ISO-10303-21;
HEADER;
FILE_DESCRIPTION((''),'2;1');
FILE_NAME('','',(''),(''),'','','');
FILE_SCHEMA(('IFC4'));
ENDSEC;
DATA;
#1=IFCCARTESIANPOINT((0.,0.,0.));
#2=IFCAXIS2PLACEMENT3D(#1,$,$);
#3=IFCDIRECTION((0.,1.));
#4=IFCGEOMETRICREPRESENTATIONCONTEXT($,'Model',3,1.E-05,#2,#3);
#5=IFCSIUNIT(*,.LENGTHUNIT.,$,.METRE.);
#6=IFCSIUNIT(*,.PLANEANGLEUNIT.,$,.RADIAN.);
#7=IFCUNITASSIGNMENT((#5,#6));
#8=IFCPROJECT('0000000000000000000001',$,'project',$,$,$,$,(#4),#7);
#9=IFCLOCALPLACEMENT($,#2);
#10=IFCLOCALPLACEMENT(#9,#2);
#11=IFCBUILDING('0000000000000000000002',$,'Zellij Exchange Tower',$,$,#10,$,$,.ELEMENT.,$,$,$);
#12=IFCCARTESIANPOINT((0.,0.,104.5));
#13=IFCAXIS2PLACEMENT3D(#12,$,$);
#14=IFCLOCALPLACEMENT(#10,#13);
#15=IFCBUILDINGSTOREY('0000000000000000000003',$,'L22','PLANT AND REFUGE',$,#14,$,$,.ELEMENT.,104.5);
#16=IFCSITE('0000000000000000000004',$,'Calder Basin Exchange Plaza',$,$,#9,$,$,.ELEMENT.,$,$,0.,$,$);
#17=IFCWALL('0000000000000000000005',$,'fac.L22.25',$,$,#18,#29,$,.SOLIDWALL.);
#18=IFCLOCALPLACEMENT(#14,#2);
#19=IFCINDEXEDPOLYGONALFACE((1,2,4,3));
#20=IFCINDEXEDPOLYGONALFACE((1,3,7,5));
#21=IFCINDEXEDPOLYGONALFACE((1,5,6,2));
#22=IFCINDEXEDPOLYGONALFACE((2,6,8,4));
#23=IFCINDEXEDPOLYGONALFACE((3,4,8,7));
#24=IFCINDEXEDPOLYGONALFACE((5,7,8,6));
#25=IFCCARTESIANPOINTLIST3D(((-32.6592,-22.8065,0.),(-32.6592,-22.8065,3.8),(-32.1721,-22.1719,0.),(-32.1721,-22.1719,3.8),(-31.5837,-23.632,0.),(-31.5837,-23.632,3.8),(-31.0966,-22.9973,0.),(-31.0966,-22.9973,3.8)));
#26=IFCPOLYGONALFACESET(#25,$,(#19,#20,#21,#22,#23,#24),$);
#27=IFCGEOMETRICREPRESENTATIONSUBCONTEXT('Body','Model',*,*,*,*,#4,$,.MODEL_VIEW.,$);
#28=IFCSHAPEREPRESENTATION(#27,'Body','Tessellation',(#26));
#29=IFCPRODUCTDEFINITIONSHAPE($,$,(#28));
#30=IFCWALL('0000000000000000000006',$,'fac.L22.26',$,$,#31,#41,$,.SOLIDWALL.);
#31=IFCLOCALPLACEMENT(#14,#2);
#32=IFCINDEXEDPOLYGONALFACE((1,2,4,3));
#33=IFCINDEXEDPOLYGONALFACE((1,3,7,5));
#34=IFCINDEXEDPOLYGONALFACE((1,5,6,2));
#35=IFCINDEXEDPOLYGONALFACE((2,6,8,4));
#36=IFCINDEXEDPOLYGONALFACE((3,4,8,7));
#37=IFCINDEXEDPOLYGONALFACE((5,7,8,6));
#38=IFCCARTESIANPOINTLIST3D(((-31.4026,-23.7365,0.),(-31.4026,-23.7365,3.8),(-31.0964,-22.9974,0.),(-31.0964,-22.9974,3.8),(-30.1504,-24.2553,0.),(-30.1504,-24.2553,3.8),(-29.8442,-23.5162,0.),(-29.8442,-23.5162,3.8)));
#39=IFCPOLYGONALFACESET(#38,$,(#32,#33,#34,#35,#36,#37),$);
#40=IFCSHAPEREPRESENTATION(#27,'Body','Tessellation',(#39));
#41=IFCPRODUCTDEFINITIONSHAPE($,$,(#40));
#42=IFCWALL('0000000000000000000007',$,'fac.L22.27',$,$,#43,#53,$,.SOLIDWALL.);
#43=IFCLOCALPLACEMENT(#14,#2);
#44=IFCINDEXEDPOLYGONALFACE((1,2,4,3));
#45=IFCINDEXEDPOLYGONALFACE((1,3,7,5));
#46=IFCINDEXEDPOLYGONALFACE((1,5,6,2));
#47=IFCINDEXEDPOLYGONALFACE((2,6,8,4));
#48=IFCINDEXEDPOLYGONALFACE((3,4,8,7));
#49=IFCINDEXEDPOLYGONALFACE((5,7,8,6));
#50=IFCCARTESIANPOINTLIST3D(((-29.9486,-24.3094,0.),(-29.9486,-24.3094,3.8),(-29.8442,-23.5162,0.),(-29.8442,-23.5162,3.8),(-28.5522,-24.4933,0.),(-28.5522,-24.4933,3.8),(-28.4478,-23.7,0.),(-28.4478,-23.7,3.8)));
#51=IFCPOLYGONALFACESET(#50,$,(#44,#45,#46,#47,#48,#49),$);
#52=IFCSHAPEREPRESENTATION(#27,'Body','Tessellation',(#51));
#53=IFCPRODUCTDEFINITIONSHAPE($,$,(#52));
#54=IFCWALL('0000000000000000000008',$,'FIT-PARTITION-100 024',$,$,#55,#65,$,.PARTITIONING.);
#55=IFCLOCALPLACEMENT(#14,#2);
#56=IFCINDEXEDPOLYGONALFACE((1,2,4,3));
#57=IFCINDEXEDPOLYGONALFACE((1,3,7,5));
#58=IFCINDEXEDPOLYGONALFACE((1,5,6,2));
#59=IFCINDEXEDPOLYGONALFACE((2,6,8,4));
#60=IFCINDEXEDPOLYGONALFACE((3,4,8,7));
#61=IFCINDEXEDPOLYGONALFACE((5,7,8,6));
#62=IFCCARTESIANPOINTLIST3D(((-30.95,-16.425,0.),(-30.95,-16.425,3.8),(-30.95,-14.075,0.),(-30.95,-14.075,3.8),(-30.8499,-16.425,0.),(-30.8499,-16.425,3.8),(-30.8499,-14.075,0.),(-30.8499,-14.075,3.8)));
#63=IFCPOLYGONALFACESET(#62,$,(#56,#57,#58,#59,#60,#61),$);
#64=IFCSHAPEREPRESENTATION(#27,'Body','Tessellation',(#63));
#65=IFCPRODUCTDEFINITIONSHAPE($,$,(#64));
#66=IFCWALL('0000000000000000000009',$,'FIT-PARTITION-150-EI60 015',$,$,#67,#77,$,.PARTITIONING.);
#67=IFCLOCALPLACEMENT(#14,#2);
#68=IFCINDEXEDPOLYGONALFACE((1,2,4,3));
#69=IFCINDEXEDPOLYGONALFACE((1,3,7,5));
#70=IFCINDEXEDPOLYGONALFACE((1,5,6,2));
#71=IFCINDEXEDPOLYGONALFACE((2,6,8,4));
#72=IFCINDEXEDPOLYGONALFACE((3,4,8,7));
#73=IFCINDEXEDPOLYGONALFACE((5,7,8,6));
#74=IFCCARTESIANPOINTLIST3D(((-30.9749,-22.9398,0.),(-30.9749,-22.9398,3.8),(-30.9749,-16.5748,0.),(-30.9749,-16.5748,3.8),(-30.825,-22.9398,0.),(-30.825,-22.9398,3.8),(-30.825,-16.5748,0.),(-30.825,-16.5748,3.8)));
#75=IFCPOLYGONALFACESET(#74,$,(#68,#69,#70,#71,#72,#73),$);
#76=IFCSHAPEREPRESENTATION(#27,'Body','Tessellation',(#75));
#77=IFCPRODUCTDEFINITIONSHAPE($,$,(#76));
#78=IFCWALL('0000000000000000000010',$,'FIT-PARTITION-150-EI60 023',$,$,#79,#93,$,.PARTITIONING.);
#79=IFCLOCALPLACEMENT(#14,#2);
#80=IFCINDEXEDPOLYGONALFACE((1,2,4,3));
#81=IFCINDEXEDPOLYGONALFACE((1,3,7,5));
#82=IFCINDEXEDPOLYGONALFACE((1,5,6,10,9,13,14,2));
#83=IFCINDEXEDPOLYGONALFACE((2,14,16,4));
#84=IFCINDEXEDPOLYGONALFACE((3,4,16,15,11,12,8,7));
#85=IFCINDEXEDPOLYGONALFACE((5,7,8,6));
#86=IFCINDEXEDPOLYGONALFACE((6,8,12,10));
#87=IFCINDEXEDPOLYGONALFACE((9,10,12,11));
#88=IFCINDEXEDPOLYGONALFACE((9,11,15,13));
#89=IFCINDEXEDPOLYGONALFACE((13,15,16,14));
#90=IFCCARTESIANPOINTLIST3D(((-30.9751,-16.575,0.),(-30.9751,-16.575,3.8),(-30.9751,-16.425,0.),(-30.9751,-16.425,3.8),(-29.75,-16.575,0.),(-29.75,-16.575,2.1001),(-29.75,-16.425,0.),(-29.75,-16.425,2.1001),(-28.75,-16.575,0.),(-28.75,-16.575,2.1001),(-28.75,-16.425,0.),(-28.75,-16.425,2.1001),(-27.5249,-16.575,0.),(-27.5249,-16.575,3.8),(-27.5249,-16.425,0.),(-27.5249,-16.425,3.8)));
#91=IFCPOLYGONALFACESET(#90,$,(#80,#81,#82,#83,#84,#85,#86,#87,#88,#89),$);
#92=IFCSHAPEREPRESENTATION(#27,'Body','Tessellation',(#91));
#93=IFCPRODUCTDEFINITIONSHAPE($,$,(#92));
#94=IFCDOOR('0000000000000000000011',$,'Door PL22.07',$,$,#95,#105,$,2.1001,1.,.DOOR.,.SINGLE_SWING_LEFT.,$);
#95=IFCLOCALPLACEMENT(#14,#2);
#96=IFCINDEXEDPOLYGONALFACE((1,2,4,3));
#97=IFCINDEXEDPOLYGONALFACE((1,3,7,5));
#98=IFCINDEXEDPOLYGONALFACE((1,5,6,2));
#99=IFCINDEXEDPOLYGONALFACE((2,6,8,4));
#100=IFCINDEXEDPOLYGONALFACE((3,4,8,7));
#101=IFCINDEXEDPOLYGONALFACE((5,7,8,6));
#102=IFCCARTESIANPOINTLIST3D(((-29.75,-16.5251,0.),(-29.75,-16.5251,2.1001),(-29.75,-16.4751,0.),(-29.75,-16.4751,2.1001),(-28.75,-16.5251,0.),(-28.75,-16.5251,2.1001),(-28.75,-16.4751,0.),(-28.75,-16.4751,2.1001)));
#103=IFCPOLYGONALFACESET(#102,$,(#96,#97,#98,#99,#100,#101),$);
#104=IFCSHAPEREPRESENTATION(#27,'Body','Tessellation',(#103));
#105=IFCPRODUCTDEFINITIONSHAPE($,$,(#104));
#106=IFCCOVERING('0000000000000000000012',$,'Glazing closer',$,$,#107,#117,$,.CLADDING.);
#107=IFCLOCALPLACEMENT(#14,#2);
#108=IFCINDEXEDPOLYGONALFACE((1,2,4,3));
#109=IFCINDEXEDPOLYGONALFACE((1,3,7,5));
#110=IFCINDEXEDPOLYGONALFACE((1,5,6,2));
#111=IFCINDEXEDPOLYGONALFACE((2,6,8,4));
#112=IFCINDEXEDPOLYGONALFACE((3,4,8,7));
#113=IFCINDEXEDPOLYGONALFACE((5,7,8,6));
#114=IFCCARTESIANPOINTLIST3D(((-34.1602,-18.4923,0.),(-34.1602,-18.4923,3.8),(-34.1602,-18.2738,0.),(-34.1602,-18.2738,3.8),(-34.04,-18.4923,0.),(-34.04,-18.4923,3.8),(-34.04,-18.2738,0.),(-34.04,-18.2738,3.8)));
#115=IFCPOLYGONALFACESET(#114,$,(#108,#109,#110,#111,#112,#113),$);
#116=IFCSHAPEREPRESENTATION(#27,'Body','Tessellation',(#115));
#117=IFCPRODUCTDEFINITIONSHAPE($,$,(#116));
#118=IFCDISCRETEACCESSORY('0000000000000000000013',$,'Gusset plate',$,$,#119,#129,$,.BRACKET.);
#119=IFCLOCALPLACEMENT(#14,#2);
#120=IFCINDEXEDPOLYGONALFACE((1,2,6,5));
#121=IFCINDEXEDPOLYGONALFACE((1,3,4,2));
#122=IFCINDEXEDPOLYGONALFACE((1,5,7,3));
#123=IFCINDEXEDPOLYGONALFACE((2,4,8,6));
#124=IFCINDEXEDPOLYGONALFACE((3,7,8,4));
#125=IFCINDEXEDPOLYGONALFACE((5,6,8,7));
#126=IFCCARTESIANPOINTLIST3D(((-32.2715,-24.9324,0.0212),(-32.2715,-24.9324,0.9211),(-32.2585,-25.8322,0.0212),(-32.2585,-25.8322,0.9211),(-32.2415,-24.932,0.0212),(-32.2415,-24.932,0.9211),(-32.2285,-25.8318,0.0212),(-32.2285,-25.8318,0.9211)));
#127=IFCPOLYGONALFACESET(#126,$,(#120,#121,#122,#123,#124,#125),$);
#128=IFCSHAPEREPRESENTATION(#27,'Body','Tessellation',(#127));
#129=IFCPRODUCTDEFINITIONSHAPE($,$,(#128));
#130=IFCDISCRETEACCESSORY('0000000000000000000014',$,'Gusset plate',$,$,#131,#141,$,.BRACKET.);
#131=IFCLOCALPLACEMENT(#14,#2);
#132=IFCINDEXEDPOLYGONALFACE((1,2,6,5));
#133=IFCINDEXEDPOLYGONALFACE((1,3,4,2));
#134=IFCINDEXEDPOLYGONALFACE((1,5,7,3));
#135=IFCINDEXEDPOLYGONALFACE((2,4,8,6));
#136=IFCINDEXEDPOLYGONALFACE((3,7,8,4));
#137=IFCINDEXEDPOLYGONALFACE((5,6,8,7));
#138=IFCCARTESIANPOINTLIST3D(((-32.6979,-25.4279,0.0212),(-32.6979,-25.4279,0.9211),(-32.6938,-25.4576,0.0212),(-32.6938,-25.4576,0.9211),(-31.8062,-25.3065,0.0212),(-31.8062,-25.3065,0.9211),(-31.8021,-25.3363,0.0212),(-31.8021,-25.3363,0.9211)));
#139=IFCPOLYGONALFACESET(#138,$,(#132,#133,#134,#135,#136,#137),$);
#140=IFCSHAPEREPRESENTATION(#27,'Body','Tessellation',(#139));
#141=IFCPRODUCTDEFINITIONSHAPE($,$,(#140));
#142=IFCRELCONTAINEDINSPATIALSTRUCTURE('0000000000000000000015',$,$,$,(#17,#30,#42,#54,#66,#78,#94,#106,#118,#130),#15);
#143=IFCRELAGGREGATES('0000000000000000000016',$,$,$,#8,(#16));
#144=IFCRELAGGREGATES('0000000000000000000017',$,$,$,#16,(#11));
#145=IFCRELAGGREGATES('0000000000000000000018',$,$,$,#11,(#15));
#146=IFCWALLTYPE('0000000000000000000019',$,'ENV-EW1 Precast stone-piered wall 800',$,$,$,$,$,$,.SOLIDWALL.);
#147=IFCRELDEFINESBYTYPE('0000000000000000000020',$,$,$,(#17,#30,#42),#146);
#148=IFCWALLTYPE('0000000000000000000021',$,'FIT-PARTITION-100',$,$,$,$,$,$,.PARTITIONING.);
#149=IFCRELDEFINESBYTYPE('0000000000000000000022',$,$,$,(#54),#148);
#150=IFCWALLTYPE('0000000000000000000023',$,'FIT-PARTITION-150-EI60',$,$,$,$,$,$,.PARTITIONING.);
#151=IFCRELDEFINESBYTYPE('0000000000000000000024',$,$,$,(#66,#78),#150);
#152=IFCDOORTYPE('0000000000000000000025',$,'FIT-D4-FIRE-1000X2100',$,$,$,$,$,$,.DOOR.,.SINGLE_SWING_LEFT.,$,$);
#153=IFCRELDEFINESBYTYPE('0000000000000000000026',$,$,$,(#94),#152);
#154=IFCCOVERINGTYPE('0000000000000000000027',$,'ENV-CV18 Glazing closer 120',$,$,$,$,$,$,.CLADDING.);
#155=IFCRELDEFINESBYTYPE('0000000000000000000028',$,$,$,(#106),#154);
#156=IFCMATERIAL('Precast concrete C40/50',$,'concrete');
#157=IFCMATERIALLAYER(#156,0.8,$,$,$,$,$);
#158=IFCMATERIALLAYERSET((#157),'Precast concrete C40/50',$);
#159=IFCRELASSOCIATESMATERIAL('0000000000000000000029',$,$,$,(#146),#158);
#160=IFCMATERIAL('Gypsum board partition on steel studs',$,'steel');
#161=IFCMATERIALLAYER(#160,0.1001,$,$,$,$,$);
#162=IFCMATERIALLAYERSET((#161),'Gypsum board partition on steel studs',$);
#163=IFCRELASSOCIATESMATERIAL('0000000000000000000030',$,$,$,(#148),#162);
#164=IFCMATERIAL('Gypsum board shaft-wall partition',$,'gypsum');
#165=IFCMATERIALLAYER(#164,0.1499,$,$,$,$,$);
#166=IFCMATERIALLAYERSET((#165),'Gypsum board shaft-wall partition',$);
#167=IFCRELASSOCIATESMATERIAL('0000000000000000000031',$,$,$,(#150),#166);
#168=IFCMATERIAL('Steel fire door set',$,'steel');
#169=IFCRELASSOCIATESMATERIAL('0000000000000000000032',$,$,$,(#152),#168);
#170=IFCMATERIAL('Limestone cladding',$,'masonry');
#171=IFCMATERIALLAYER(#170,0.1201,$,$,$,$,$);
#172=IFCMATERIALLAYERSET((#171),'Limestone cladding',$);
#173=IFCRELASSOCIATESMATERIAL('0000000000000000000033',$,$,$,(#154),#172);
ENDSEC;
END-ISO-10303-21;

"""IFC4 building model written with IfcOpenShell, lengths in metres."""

from ifc_helpers import new_model, si_unit, direction, frame, frame_2d, origin, origin_2d, place, context, subcontext, project, spatial, rectangle, extrude, material, layer, layer_set, type_object, element, fill, save


model = new_model("IFC4")

# Units and contexts
model_context = context("Model", 3, precision=1e-05, world=origin(), true_north=direction((0.0, 1.0)))
body_context = subcontext(model_context, "Body", "Model", "MODEL_VIEW")
ifc_project = project(units=[si_unit("LENGTHUNIT", "METRE"), si_unit("PLANEANGLEUNIT", "RADIAN")], contexts=[model_context])

# Site, building, storey
site_placement = place(None, origin())
site = spatial("IfcSite", under=ifc_project, at=site_placement, Name="Calder Basin Exchange Plaza", CompositionType="ELEMENT", RefElevation=0.0)
building_placement = place(site_placement, origin())
building = spatial("IfcBuilding", under=site, at=building_placement, Name="Zellij Exchange Tower", CompositionType="ELEMENT")
storey_placement = place(building_placement, frame((0.0, 0.0, 104.5)))
storey = spatial("IfcBuildingStorey", under=building, at=storey_placement, Name="L22", Description="PLANT AND REFUGE", CompositionType="ELEMENT", Elevation=104.5)

# Walls
ifc_material_1 = material(Name="Precast concrete C40/50", Category="concrete")
ifc_layer_1 = layer(ifc_material_1, 0.8)
ifc_layer_set_1 = layer_set([ifc_layer_1], Name="Precast concrete C40/50")
wall_type_1 = type_object("IfcWallType", Name="ENV-EW1 Precast stone-piered wall 800", PredefinedType="SOLIDWALL", material=ifc_layer_set_1)
for number, where, z_axis, x_axis, name in (
    (1, (-32.4155, -22.4893, 0.0), (0.0, 0.0, 1.0), (0.793273, -0.608866, 0.0), "fac.L22.25"),
):
    element("IfcWall", number, at=place(storey_placement, frame(where, z_axis=z_axis, x_axis=x_axis)), inside=storey, type_object=wall_type_1, Name=name, PredefinedType="SOLIDWALL", context=body_context, shape_type="SweptSolid", body=[
        extrude(rectangle(XDim=1.3557, YDim=0.8, at=frame_2d((0.6777, 0.0))), origin(), (0.0, 0.0, 1.0), 3.8),
    ])
wall_1_placement = place(storey_placement, frame((-31.2495, -23.3669, 0.0), z_axis=(0.0, 0.0, 1.0), x_axis=(0.923848, -0.38276, 0.0)))
element("IfcWall", 2, at=wall_1_placement, inside=storey, type_object=wall_type_1, Name="fac.L22.26", PredefinedType="SOLIDWALL", context=body_context, shape_type="SweptSolid", body=[
    extrude(rectangle(XDim=1.3555, YDim=0.8, at=frame_2d((0.6777, 0.0))), origin(), (0.0, 0.0, 1.0), 3.8),
])
wall_2_placement = place(storey_placement, frame((-29.8962, -23.9128, 0.0), z_axis=(0.0, 0.0, 1.0), x_axis=(0.991446, -0.130517, 0.0)))
element("IfcWall", 3, at=wall_2_placement, inside=storey, type_object=wall_type_1, Name="fac.L22.27", PredefinedType="SOLIDWALL", context=body_context, shape_type="SweptSolid", body=[
    extrude(rectangle(XDim=1.4084, YDim=0.8, at=frame_2d((0.7041, 0.0))), origin(), (0.0, 0.0, 1.0), 3.8),
])
ifc_material_2 = material(Name="Gypsum board partition on steel studs", Category="steel")
ifc_layer_2 = layer(ifc_material_2, 0.1001)
ifc_layer_set_2 = layer_set([ifc_layer_2], Name="Gypsum board partition on steel studs")
wall_type_2 = type_object("IfcWallType", Name="FIT-PARTITION-100", PredefinedType="PARTITIONING", material=ifc_layer_set_2)
wall_3_placement = place(storey_placement, frame((-30.8999, -16.425, 0.0), z_axis=(0.0, 0.0, 1.0), x_axis=(0.0, 1.0, 0.0)))
element("IfcWall", 4, at=wall_3_placement, inside=storey, type_object=wall_type_2, Name="FIT-PARTITION-100 024", PredefinedType="PARTITIONING", context=body_context, shape_type="SweptSolid", body=[
    extrude(rectangle(XDim=2.3501, YDim=0.1001, at=frame_2d((1.175, 0.0))), origin(), (0.0, 0.0, 1.0), 3.8),
])
ifc_material_3 = material(Name="Gypsum board shaft-wall partition", Category="gypsum")
ifc_layer_3 = layer(ifc_material_3, 0.1499)
ifc_layer_set_3 = layer_set([ifc_layer_3], Name="Gypsum board shaft-wall partition")
wall_type_3 = type_object("IfcWallType", Name="FIT-PARTITION-150-EI60", PredefinedType="PARTITIONING", material=ifc_layer_set_3)
wall_4_placement = place(storey_placement, frame((-30.8999, -22.9399, 0.0), z_axis=(0.0, 0.0, 1.0), x_axis=(0.0, 1.0, 0.0)))
element("IfcWall", 5, at=wall_4_placement, inside=storey, type_object=wall_type_3, Name="FIT-PARTITION-150-EI60 015", PredefinedType="PARTITIONING", context=body_context, shape_type="SweptSolid", body=[
    extrude(rectangle(XDim=6.365, YDim=0.1499, at=frame_2d((3.1826, 0.0))), origin(), (0.0, 0.0, 1.0), 3.8),
])

# Wall, opening, door
wall_5_placement = place(storey_placement, frame((-30.9751, -16.5, 0.0), z_axis=(0.0, 0.0, 1.0), x_axis=(1.0, 0.0, 0.0)))
wall_5 = element("IfcWall", 6, at=wall_5_placement, inside=storey, type_object=wall_type_3, Name="FIT-PARTITION-150-EI60 023", PredefinedType="PARTITIONING", context=body_context, shape_type="SweptSolid", body=[
    extrude(rectangle(XDim=3.4502, YDim=0.1499, at=frame_2d((1.7251, 0.0))), origin(), (0.0, 0.0, 1.0), 3.8),
])
opening_placement = place(wall_5_placement, frame((1.2251, 0.0, 0.0)))
opening = element("IfcOpeningElement", 7, at=opening_placement, cuts=wall_5, PredefinedType="OPENING", context=body_context, shape_type="SweptSolid", body=[
    extrude(rectangle(XDim=1.0, YDim=2.1001, at=frame_2d((0.5, 1.05))), frame((0.0, 0.0869, 0.0), z_axis=(0.0, -1.0, 0.0), x_axis=(1.0, 0.0, 0.0)), (0.0, 0.0, 1.0), 0.1738),
])
ifc_material_4 = material(Name="Steel fire door set", Category="steel")
door_type = type_object("IfcDoorType", Name="FIT-D4-FIRE-1000X2100", OperationType="SINGLE_SWING_LEFT", PredefinedType="DOOR", material=ifc_material_4)
door_placement = place(opening_placement, origin())
door = element("IfcDoor", 8, at=door_placement, inside=storey, type_object=door_type, Name="Door PL22.07", OperationType="SINGLE_SWING_LEFT", OverallHeight=2.1001, OverallWidth=1.0, PredefinedType="DOOR", context=body_context, shape_type="SweptSolid", body=[
    extrude(rectangle(XDim=1.0, YDim=2.1001, at=frame_2d((0.5, 1.05))), frame((0.0, 0.0249, 0.0), z_axis=(0.0, -1.0, 0.0), x_axis=(1.0, 0.0, 0.0)), (0.0, 0.0, 1.0), 0.05),
])
fill(opening, door)

# Covering
ifc_material_5 = material(Name="Limestone cladding", Category="masonry")
ifc_layer_4 = layer(ifc_material_5, 0.1201)
ifc_layer_set_4 = layer_set([ifc_layer_4], Name="Limestone cladding")
covering_type = type_object("IfcCoveringType", Name="ENV-CV18 Glazing closer 120", PredefinedType="CLADDING", material=ifc_layer_set_4)
covering_placement = place(storey_placement, frame((-34.1001, -18.3831, 0.0), z_axis=(0.0, 0.0, 1.0), x_axis=(0.0, -1.0, 0.0)))
element("IfcCovering", 9, at=covering_placement, inside=storey, type_object=covering_type, Name="Glazing closer", PredefinedType="CLADDING", context=body_context, shape_type="SweptSolid", body=[
    extrude(rectangle(XDim=0.2185, YDim=0.1201, at=origin_2d()), origin(), (0.0, 0.0, 1.0), 3.8),
])

# Discrete accessories
for number, where, z_axis, x_axis, name in (
    (10, (-32.25, -25.3821, 0.0212), (0.0, 0.0, 1.0), (-0.014381, 0.999897, 0.0), "Gusset plate"),
    (11, (-32.25, -25.3821, 0.0212), (0.0, 0.0, 1.0), (0.990868, 0.134834, 0.0), "Gusset plate"),
):
    element("IfcDiscreteAccessory", number, at=place(storey_placement, frame(where, z_axis=z_axis, x_axis=x_axis)), inside=storey, Name=name, PredefinedType="BRACKET", context=body_context, shape_type="SweptSolid", body=[
        extrude(rectangle(XDim=0.8999, YDim=0.03, at=origin_2d()), origin(), (0.0, 0.0, 1.0), 0.8999),
    ])

save(model, "model.ifc")
